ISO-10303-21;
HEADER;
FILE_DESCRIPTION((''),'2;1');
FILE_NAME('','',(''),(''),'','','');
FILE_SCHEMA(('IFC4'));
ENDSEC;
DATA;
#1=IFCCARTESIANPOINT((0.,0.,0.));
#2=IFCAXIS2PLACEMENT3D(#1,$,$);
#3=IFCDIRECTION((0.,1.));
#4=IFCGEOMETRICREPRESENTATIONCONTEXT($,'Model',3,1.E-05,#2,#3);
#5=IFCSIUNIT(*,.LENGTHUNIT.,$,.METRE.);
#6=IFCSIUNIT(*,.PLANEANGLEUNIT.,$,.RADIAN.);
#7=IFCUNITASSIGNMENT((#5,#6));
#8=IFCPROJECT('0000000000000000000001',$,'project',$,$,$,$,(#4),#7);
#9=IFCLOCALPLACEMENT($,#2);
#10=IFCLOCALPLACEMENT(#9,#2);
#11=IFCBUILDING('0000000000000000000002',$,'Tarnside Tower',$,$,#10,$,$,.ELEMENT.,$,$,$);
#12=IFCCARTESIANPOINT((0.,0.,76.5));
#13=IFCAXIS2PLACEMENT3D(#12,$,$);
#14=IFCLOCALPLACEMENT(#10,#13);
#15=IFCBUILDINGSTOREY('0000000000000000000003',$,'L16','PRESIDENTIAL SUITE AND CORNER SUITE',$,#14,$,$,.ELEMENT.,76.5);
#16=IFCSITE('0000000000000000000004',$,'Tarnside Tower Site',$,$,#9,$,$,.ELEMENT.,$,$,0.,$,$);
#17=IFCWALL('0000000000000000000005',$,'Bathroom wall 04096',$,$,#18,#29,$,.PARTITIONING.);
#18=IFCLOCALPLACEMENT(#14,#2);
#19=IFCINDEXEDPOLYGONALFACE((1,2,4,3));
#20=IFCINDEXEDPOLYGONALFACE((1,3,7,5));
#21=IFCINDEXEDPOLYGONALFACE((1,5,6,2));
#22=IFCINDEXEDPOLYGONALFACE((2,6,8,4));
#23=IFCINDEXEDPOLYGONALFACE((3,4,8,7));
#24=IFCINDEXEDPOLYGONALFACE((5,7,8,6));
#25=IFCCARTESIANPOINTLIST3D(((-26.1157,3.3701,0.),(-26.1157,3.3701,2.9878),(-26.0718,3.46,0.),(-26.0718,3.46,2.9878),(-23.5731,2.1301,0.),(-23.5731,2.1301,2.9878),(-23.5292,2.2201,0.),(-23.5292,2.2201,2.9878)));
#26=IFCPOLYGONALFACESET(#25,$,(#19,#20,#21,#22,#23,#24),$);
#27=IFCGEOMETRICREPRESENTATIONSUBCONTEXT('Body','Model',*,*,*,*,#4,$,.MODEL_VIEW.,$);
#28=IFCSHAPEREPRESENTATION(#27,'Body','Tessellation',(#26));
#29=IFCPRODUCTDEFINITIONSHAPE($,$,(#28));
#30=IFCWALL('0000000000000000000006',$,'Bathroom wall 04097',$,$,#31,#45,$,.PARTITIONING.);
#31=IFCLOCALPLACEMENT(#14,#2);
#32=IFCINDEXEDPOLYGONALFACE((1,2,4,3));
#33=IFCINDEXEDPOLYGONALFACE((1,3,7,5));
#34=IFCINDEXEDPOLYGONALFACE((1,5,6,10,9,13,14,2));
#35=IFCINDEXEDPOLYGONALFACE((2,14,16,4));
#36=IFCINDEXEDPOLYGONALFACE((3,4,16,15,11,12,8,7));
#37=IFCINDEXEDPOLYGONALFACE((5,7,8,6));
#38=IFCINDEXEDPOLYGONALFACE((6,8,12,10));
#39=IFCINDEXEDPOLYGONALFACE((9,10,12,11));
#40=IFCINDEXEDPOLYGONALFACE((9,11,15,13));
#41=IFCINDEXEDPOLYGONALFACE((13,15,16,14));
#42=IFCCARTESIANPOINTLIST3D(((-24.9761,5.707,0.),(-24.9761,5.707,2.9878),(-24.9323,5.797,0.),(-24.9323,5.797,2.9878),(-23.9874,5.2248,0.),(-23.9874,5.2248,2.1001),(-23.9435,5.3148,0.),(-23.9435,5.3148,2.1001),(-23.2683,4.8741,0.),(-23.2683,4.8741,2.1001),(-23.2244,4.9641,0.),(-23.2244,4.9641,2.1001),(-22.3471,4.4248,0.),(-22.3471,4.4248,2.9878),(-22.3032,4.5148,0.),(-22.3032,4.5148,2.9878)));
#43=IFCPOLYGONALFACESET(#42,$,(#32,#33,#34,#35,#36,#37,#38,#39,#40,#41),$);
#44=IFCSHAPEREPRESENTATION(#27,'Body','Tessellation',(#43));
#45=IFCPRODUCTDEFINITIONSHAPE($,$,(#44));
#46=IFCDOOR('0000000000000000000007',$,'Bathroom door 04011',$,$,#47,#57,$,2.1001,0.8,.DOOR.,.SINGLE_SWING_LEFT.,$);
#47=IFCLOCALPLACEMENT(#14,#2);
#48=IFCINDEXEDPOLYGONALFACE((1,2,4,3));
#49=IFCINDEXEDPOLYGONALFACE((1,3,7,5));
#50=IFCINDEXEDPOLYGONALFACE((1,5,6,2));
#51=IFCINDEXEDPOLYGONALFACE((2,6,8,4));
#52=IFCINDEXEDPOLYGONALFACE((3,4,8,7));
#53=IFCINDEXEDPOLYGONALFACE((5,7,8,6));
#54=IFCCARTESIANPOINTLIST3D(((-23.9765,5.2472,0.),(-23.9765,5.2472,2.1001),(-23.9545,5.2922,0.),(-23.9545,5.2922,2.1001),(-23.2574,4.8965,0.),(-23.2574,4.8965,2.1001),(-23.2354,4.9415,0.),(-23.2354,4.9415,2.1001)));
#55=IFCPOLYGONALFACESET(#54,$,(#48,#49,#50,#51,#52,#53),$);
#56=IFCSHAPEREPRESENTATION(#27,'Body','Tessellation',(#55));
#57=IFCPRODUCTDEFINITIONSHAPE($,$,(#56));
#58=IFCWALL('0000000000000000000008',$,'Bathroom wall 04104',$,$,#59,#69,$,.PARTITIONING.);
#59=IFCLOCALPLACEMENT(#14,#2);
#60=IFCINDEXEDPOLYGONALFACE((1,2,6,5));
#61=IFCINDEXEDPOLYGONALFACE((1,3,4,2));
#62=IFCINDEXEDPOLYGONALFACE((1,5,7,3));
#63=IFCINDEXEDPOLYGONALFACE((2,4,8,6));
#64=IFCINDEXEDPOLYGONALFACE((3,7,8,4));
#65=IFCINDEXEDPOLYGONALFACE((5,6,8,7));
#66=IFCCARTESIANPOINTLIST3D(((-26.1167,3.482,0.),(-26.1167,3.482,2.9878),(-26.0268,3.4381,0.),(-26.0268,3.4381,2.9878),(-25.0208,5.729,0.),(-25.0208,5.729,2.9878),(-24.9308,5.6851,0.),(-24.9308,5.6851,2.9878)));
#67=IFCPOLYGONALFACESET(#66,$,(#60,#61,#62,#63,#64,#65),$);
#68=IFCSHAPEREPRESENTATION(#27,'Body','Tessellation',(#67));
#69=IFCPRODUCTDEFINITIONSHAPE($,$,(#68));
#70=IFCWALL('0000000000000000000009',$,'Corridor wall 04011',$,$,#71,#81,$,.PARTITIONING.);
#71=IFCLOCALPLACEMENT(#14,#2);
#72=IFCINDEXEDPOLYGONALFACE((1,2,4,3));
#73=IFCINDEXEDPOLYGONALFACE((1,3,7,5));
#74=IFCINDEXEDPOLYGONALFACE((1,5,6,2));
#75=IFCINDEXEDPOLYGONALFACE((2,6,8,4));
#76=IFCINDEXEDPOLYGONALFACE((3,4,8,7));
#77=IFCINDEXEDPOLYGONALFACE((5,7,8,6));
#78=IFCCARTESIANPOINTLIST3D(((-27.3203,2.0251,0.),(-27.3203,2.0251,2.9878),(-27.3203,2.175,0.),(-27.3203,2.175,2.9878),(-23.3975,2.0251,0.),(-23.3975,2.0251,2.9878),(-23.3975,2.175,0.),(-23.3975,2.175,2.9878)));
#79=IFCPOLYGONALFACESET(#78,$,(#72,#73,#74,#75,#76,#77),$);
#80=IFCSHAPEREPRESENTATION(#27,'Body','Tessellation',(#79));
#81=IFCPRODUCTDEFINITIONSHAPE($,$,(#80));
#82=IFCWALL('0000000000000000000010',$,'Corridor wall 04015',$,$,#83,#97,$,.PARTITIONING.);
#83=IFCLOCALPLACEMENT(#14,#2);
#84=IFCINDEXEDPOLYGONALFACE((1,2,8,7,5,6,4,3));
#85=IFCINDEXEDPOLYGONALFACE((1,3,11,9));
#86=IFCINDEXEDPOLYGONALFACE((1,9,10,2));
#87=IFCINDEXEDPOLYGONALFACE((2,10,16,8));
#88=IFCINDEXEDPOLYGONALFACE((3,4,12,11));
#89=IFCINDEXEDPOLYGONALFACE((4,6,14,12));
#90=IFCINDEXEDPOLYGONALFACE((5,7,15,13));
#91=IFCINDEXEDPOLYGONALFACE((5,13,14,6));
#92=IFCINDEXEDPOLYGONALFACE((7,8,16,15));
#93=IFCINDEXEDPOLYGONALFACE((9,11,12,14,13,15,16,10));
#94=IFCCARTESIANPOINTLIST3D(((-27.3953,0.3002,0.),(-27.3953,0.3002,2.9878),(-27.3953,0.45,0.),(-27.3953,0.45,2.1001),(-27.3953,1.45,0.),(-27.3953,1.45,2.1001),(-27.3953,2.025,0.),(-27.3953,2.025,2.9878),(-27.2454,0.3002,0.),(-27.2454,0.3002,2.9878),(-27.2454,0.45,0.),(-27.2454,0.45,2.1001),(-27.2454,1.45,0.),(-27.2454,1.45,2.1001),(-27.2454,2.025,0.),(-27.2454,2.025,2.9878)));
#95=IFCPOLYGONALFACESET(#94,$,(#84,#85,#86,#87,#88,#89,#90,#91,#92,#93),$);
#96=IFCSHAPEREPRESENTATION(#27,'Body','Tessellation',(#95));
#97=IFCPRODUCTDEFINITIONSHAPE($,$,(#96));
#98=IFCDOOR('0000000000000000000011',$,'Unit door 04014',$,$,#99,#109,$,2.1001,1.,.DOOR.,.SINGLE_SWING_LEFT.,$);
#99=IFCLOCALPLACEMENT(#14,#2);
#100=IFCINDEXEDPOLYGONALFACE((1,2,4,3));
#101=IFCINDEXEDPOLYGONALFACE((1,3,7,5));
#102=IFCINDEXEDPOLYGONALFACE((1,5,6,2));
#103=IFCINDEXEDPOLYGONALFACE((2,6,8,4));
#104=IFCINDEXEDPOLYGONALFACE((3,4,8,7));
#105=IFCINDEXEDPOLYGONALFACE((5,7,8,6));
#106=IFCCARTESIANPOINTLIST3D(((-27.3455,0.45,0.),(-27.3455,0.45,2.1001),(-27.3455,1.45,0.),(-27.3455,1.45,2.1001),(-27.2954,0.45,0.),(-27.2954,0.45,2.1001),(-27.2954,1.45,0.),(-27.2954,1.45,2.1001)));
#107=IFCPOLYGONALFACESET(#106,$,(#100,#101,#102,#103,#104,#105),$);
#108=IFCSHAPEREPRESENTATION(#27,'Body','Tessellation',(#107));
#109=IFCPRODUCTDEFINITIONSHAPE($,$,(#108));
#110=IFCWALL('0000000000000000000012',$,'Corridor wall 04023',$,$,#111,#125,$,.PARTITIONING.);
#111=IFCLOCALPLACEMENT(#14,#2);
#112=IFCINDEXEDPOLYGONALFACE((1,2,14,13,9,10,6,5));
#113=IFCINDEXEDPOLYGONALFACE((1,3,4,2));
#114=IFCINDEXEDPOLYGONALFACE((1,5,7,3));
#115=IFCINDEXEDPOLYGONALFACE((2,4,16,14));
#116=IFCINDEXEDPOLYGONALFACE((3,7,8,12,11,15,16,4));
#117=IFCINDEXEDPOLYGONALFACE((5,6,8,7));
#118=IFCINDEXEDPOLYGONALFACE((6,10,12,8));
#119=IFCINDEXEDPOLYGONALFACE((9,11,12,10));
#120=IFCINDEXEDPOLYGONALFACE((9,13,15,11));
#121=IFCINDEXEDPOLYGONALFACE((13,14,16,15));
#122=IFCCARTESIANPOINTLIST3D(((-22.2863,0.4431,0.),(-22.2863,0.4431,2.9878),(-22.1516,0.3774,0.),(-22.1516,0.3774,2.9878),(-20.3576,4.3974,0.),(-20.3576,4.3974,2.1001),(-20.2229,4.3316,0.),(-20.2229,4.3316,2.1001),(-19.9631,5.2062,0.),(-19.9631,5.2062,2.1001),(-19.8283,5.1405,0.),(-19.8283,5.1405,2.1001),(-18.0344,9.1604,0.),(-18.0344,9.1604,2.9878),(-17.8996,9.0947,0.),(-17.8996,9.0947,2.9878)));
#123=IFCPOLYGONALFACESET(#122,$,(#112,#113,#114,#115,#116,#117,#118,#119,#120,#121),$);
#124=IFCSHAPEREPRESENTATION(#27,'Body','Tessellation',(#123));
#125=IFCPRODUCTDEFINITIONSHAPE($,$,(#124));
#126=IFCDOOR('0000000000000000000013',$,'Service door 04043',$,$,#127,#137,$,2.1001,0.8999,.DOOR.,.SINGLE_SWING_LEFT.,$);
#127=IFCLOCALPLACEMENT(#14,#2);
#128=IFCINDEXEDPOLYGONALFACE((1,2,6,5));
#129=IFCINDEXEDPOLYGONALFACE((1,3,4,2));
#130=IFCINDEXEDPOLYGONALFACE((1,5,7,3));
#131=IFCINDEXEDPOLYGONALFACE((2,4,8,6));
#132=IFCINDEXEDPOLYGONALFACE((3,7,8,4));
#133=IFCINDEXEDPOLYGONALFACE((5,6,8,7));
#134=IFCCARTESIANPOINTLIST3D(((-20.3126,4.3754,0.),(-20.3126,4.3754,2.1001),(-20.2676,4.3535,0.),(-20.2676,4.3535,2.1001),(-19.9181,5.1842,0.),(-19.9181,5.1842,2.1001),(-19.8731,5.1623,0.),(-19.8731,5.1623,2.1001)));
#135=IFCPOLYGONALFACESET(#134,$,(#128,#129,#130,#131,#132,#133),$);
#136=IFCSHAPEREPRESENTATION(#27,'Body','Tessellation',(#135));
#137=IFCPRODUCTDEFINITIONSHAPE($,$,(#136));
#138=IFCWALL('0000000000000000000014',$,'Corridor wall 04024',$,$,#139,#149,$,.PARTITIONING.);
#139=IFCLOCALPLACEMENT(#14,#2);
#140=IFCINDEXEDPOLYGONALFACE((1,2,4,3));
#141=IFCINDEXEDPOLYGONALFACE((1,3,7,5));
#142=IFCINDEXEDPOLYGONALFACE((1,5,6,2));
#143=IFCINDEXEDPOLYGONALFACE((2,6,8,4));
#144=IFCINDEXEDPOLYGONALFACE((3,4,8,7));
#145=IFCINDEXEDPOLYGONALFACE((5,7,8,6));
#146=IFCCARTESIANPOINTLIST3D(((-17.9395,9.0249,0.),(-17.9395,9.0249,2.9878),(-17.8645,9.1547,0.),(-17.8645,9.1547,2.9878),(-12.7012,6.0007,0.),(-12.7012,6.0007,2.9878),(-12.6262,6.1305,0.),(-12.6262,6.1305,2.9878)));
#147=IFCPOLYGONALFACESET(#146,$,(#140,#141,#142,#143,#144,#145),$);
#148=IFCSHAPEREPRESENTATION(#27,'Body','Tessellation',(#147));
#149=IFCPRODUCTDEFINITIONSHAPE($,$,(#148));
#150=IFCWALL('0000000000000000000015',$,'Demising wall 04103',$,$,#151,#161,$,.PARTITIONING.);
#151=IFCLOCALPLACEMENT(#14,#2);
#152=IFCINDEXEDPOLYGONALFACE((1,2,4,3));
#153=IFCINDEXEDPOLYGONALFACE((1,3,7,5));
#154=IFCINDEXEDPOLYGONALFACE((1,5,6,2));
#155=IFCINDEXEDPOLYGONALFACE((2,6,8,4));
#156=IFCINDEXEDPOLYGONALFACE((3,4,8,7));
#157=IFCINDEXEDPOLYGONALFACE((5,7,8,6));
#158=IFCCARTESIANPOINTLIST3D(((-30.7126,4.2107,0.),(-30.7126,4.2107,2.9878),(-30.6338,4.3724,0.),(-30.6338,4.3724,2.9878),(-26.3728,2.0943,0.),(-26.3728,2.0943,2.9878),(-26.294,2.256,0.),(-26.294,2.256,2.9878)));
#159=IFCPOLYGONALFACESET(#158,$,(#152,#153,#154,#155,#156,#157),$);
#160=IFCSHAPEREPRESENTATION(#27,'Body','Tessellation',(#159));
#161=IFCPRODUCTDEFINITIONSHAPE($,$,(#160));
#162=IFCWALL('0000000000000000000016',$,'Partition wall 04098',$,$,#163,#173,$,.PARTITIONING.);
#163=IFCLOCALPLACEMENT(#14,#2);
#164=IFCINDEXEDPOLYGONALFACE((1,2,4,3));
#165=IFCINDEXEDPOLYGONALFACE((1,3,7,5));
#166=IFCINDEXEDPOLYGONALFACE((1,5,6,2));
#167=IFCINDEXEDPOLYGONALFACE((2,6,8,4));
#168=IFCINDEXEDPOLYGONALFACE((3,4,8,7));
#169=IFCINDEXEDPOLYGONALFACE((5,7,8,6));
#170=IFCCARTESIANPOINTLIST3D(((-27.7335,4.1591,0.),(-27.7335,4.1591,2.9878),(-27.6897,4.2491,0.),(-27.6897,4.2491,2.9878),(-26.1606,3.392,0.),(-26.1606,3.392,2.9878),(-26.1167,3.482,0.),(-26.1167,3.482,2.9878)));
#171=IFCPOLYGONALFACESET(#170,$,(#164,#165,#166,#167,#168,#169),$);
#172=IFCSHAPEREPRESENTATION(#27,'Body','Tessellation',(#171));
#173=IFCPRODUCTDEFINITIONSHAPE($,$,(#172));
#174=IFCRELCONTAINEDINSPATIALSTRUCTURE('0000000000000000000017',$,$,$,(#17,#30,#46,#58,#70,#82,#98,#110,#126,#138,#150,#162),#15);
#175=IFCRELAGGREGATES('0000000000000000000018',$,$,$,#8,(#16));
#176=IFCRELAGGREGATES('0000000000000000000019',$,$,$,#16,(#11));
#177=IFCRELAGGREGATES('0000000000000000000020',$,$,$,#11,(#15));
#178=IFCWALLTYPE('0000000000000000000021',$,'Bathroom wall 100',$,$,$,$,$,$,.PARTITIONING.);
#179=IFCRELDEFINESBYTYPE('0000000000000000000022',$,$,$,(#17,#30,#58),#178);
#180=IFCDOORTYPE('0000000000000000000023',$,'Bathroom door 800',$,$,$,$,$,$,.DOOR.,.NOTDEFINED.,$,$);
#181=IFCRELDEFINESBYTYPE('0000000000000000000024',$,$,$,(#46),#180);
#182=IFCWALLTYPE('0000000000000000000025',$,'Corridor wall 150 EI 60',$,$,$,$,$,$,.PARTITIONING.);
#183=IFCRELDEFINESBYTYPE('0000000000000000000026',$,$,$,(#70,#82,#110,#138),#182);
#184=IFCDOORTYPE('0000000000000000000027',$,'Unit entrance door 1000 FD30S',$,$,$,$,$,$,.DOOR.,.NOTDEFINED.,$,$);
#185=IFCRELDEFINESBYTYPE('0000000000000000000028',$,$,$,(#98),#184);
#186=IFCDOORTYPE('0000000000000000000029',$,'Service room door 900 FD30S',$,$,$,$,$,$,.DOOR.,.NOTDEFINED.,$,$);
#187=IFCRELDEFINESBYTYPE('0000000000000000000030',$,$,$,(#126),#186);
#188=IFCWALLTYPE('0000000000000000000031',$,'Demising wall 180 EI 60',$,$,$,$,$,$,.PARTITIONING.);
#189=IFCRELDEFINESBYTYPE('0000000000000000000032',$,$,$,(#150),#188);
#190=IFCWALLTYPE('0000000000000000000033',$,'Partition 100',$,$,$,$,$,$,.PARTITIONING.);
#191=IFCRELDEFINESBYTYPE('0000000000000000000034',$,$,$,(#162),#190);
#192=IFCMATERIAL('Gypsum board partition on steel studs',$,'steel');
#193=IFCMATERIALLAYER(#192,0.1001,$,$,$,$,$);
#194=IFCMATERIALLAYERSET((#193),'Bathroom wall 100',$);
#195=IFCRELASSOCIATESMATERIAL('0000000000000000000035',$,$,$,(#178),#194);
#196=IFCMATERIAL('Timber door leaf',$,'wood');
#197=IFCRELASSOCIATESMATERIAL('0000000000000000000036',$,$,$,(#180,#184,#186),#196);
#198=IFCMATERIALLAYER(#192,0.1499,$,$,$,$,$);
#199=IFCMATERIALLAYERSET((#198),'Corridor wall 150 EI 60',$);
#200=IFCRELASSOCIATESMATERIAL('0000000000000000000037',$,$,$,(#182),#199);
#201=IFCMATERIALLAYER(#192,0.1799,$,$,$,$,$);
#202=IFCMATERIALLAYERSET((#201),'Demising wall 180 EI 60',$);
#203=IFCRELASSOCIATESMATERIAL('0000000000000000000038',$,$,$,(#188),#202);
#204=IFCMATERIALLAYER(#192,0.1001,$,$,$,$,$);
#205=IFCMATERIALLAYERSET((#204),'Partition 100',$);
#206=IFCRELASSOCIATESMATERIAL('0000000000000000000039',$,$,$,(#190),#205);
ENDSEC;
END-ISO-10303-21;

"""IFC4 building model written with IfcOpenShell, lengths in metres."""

from ifc_helpers import new_model, si_unit, direction, frame, frame_2d, origin, place, context, subcontext, project, spatial, rectangle, extrude, material, layer, layer_set, type_object, element, fill, save


model = new_model("IFC4")

# Units and contexts
model_context = context("Model", 3, precision=1e-05, world=origin(), true_north=direction((0.0, 1.0)))
body_context = subcontext(model_context, "Body", "Model", "MODEL_VIEW")
ifc_project = project(units=[si_unit("LENGTHUNIT", "METRE"), si_unit("PLANEANGLEUNIT", "RADIAN")], contexts=[model_context])

# Site, building, storey
site_placement = place(None, origin())
site = spatial("IfcSite", under=ifc_project, at=site_placement, Name="Tarnside Tower Site", CompositionType="ELEMENT", RefElevation=0.0)
building_placement = place(site_placement, origin())
building = spatial("IfcBuilding", under=site, at=building_placement, Name="Tarnside Tower", CompositionType="ELEMENT")
storey_placement = place(building_placement, frame((0.0, 0.0, 76.5)))
storey = spatial("IfcBuildingStorey", under=building, at=storey_placement, Name="L16", Description="PRESIDENTIAL SUITE AND CORNER SUITE", CompositionType="ELEMENT", Elevation=76.5)

# Wall
ifc_material_1 = material(Name="Gypsum board partition on steel studs", Category="steel")
ifc_layer_1 = layer(ifc_material_1, 0.1001)
ifc_layer_set_1 = layer_set([ifc_layer_1], Name="Bathroom wall 100")
wall_type_1 = type_object("IfcWallType", Name="Bathroom wall 100", PredefinedType="PARTITIONING", material=ifc_layer_set_1)
wall_1_placement = place(storey_placement, frame((-23.551, 2.175, 0.0), z_axis=(0.0, 0.0, 1.0), x_axis=(-0.898819, 0.43832, 0.0)))
element("IfcWall", 1, at=wall_1_placement, inside=storey, type_object=wall_type_1, Name="Bathroom wall 04096", PredefinedType="PARTITIONING", context=body_context, shape_type="SweptSolid", body=[
    extrude(rectangle(XDim=2.8289, YDim=0.1001, at=frame_2d((1.4146, 0.0))), origin(), (0.0, 0.0, 1.0), 2.9878),
])

# Wall, opening, door
wall_2_placement = place(storey_placement, frame((-24.9541, 5.752, 0.0), z_axis=(0.0, 0.0, 1.0), x_axis=(0.898807, -0.438345, 0.0)))
wall_2 = element("IfcWall", 2, at=wall_2_placement, inside=storey, type_object=wall_type_1, Name="Bathroom wall 04097", PredefinedType="PARTITIONING", context=body_context, shape_type="SweptSolid", body=[
    extrude(rectangle(XDim=2.925, YDim=0.1001, at=frame_2d((1.4624, 0.0))), origin(), (0.0, 0.0, 1.0), 2.9878),
])
opening_1_placement = place(wall_2_placement, frame((1.1001, 0.0, 0.0)))
opening_1 = element("IfcOpeningElement", 3, at=opening_1_placement, cuts=wall_2, PredefinedType="OPENING", context=body_context, shape_type="SweptSolid", body=[
    extrude(rectangle(XDim=0.8, YDim=2.1001, at=frame_2d((0.3999, 1.05))), frame((0.0, 0.0601, 0.0), z_axis=(0.0, -1.0, 0.0), x_axis=(1.0, 0.0, 0.0)), (0.0, 0.0, 1.0), 0.1201),
])
ifc_material_2 = material(Name="Timber door leaf", Category="wood")
door_type_1 = type_object("IfcDoorType", Name="Bathroom door 800", OperationType="NOTDEFINED", PredefinedType="DOOR", material=ifc_material_2)
door_1_placement = place(opening_1_placement, origin())
door_1 = element("IfcDoor", 4, at=door_1_placement, inside=storey, type_object=door_type_1, Name="Bathroom door 04011", OperationType="SINGLE_SWING_LEFT", OverallHeight=2.1001, OverallWidth=0.8, PredefinedType="DOOR", context=body_context, shape_type="SweptSolid", body=[
    extrude(rectangle(XDim=0.8, YDim=2.1001, at=frame_2d((0.3999, 1.05))), frame((0.0, 0.0249, 0.0), z_axis=(0.0, -1.0, 0.0), x_axis=(1.0, 0.0, 0.0)), (0.0, 0.0, 1.0), 0.05),
])
fill(opening_1, door_1)

# Walls
wall_3_placement = place(storey_placement, frame((-24.9758, 5.707, 0.0), z_axis=(0.0, 0.0, 1.0), x_axis=(-0.438364, -0.898798, 0.0)))
element("IfcWall", 5, at=wall_3_placement, inside=storey, type_object=wall_type_1, Name="Bathroom wall 04104", PredefinedType="PARTITIONING", context=body_context, shape_type="SweptSolid", body=[
    extrude(rectangle(XDim=2.5, YDim=0.1001, at=frame_2d((1.25, 0.0))), origin(), (0.0, 0.0, 1.0), 2.9878),
])
ifc_layer_2 = layer(ifc_material_1, 0.1499)
ifc_layer_set_2 = layer_set([ifc_layer_2], Name="Corridor wall 150 EI 60")
wall_type_2 = type_object("IfcWallType", Name="Corridor wall 150 EI 60", PredefinedType="PARTITIONING", material=ifc_layer_set_2)
wall_4_placement = place(storey_placement, frame((-23.3975, 2.1001, 0.0), z_axis=(0.0, 0.0, 1.0), x_axis=(-1.0, 0.0, 0.0)))
element("IfcWall", 6, at=wall_4_placement, inside=storey, type_object=wall_type_2, Name="Corridor wall 04011", PredefinedType="PARTITIONING", context=body_context, shape_type="SweptSolid", body=[
    extrude(rectangle(XDim=3.9229, YDim=0.1499, at=frame_2d((1.9614, 0.0))), origin(), (0.0, 0.0, 1.0), 2.9878),
])

# Walls, openings, doors
wall_5_placement = place(storey_placement, frame((-27.3203, 2.0249, 0.0), z_axis=(0.0, 0.0, 1.0), x_axis=(0.0, -1.0, 0.0)))
wall_5 = element("IfcWall", 7, at=wall_5_placement, inside=storey, type_object=wall_type_2, Name="Corridor wall 04015", PredefinedType="PARTITIONING", context=body_context, shape_type="SweptSolid", body=[
    extrude(rectangle(XDim=1.7249, YDim=0.1499, at=frame_2d((0.8623, 0.0))), origin(), (0.0, 0.0, 1.0), 2.9878),
])
opening_2_placement = place(wall_5_placement, frame((0.575, 0.0, 0.0)))
opening_2 = element("IfcOpeningElement", 8, at=opening_2_placement, cuts=wall_5, PredefinedType="OPENING", context=body_context, shape_type="SweptSolid", body=[
    extrude(rectangle(XDim=1.0, YDim=2.1001, at=frame_2d((0.5, 1.05))), frame((0.0, 0.085, 0.0), z_axis=(0.0, -1.0, 0.0), x_axis=(1.0, 0.0, 0.0)), (0.0, 0.0, 1.0), 0.1699),
])
door_type_2 = type_object("IfcDoorType", Name="Unit entrance door 1000 FD30S", OperationType="NOTDEFINED", PredefinedType="DOOR", material=ifc_material_2)
door_2_placement = place(opening_2_placement, origin())
door_2 = element("IfcDoor", 9, at=door_2_placement, inside=storey, type_object=door_type_2, Name="Unit door 04014", OperationType="SINGLE_SWING_LEFT", OverallHeight=2.1001, OverallWidth=1.0, PredefinedType="DOOR", context=body_context, shape_type="SweptSolid", body=[
    extrude(rectangle(XDim=1.0, YDim=2.1001, at=frame_2d((0.5, 1.05))), frame((0.0, 0.0249, 0.0), z_axis=(0.0, -1.0, 0.0), x_axis=(1.0, 0.0, 0.0)), (0.0, 0.0, 1.0), 0.05),
])
fill(opening_2, door_2)
wall_6_placement = place(storey_placement, frame((-22.219, 0.4102, 0.0), z_axis=(0.0, 0.0, 1.0), x_axis=(0.438392, 0.898784, 0.0)))
wall_6 = element("IfcWall", 10, at=wall_6_placement, inside=storey, type_object=wall_type_2, Name="Corridor wall 04023", PredefinedType="PARTITIONING", context=body_context, shape_type="SweptSolid", body=[
    extrude(rectangle(XDim=9.699, YDim=0.1499, at=frame_2d((4.8496, 0.0))), origin(), (0.0, 0.0, 1.0), 2.9878),
])
opening_3_placement = place(wall_6_placement, frame((4.3997, 0.0, 0.0)))
opening_3 = element("IfcOpeningElement", 11, at=opening_3_placement, cuts=wall_6, PredefinedType="OPENING", context=body_context, shape_type="SweptSolid", body=[
    extrude(rectangle(XDim=0.8999, YDim=2.1001, at=frame_2d((0.45, 1.05))), frame((0.0, 0.085, 0.0), z_axis=(0.0, -1.0, 0.0), x_axis=(1.0, 0.0, 0.0)), (0.0, 0.0, 1.0), 0.1699),
])
door_type_3 = type_object("IfcDoorType", Name="Service room door 900 FD30S", OperationType="NOTDEFINED", PredefinedType="DOOR", material=ifc_material_2)
door_3_placement = place(opening_3_placement, origin())
door_3 = element("IfcDoor", 12, at=door_3_placement, inside=storey, type_object=door_type_3, Name="Service door 04043", OperationType="SINGLE_SWING_LEFT", OverallHeight=2.1001, OverallWidth=0.8999, PredefinedType="DOOR", context=body_context, shape_type="SweptSolid", body=[
    extrude(rectangle(XDim=0.8999, YDim=2.1001, at=frame_2d((0.45, 1.05))), frame((0.0, 0.0249, 0.0), z_axis=(0.0, -1.0, 0.0), x_axis=(1.0, 0.0, 0.0)), (0.0, 0.0, 1.0), 0.05),
])
fill(opening_3, door_3)

# Walls
wall_7_placement = place(storey_placement, frame((-17.9021, 9.0898, 0.0), z_axis=(0.0, 0.0, 1.0), x_axis=(0.866036, -0.499981, 0.0)))
element("IfcWall", 13, at=wall_7_placement, inside=storey, type_object=wall_type_2, Name="Corridor wall 04024", PredefinedType="PARTITIONING", context=body_context, shape_type="SweptSolid", body=[
    extrude(rectangle(XDim=6.0486, YDim=0.1499, at=frame_2d((3.0244, 0.0))), origin(), (0.0, 0.0, 1.0), 2.9878),
])
ifc_layer_3 = layer(ifc_material_1, 0.1799)
ifc_layer_set_3 = layer_set([ifc_layer_3], Name="Demising wall 180 EI 60")
wall_type_3 = type_object("IfcWallType", Name="Demising wall 180 EI 60", PredefinedType="PARTITIONING", material=ifc_layer_set_3)
wall_8_placement = place(storey_placement, frame((-30.6731, 4.2915, 0.0), z_axis=(0.0, 0.0, 1.0), x_axis=(0.898813, -0.438333, 0.0)))
element("IfcWall", 14, at=wall_8_placement, inside=storey, type_object=wall_type_3, Name="Demising wall 04103", PredefinedType="PARTITIONING", context=body_context, shape_type="SweptSolid", body=[
    extrude(rectangle(XDim=4.8284, YDim=0.1799, at=frame_2d((2.4141, 0.0))), origin(), (0.0, 0.0, 1.0), 2.9878),
])
ifc_layer_4 = layer(ifc_material_1, 0.1001)
ifc_layer_set_4 = layer_set([ifc_layer_4], Name="Partition 100")
wall_type_4 = type_object("IfcWallType", Name="Partition 100", PredefinedType="PARTITIONING", material=ifc_layer_set_4)
wall_9_placement = place(storey_placement, frame((-26.1387, 3.437, 0.0), z_axis=(0.0, 0.0, 1.0), x_axis=(-0.898819, 0.438319, 0.0)))
element("IfcWall", 15, at=wall_9_placement, inside=storey, type_object=wall_type_4, Name="Partition wall 04098", PredefinedType="PARTITIONING", context=body_context, shape_type="SweptSolid", body=[
    extrude(rectangle(XDim=1.75, YDim=0.1001, at=frame_2d((0.875, 0.0))), origin(), (0.0, 0.0, 1.0), 2.9878),
])

save(model, "model.ifc")
